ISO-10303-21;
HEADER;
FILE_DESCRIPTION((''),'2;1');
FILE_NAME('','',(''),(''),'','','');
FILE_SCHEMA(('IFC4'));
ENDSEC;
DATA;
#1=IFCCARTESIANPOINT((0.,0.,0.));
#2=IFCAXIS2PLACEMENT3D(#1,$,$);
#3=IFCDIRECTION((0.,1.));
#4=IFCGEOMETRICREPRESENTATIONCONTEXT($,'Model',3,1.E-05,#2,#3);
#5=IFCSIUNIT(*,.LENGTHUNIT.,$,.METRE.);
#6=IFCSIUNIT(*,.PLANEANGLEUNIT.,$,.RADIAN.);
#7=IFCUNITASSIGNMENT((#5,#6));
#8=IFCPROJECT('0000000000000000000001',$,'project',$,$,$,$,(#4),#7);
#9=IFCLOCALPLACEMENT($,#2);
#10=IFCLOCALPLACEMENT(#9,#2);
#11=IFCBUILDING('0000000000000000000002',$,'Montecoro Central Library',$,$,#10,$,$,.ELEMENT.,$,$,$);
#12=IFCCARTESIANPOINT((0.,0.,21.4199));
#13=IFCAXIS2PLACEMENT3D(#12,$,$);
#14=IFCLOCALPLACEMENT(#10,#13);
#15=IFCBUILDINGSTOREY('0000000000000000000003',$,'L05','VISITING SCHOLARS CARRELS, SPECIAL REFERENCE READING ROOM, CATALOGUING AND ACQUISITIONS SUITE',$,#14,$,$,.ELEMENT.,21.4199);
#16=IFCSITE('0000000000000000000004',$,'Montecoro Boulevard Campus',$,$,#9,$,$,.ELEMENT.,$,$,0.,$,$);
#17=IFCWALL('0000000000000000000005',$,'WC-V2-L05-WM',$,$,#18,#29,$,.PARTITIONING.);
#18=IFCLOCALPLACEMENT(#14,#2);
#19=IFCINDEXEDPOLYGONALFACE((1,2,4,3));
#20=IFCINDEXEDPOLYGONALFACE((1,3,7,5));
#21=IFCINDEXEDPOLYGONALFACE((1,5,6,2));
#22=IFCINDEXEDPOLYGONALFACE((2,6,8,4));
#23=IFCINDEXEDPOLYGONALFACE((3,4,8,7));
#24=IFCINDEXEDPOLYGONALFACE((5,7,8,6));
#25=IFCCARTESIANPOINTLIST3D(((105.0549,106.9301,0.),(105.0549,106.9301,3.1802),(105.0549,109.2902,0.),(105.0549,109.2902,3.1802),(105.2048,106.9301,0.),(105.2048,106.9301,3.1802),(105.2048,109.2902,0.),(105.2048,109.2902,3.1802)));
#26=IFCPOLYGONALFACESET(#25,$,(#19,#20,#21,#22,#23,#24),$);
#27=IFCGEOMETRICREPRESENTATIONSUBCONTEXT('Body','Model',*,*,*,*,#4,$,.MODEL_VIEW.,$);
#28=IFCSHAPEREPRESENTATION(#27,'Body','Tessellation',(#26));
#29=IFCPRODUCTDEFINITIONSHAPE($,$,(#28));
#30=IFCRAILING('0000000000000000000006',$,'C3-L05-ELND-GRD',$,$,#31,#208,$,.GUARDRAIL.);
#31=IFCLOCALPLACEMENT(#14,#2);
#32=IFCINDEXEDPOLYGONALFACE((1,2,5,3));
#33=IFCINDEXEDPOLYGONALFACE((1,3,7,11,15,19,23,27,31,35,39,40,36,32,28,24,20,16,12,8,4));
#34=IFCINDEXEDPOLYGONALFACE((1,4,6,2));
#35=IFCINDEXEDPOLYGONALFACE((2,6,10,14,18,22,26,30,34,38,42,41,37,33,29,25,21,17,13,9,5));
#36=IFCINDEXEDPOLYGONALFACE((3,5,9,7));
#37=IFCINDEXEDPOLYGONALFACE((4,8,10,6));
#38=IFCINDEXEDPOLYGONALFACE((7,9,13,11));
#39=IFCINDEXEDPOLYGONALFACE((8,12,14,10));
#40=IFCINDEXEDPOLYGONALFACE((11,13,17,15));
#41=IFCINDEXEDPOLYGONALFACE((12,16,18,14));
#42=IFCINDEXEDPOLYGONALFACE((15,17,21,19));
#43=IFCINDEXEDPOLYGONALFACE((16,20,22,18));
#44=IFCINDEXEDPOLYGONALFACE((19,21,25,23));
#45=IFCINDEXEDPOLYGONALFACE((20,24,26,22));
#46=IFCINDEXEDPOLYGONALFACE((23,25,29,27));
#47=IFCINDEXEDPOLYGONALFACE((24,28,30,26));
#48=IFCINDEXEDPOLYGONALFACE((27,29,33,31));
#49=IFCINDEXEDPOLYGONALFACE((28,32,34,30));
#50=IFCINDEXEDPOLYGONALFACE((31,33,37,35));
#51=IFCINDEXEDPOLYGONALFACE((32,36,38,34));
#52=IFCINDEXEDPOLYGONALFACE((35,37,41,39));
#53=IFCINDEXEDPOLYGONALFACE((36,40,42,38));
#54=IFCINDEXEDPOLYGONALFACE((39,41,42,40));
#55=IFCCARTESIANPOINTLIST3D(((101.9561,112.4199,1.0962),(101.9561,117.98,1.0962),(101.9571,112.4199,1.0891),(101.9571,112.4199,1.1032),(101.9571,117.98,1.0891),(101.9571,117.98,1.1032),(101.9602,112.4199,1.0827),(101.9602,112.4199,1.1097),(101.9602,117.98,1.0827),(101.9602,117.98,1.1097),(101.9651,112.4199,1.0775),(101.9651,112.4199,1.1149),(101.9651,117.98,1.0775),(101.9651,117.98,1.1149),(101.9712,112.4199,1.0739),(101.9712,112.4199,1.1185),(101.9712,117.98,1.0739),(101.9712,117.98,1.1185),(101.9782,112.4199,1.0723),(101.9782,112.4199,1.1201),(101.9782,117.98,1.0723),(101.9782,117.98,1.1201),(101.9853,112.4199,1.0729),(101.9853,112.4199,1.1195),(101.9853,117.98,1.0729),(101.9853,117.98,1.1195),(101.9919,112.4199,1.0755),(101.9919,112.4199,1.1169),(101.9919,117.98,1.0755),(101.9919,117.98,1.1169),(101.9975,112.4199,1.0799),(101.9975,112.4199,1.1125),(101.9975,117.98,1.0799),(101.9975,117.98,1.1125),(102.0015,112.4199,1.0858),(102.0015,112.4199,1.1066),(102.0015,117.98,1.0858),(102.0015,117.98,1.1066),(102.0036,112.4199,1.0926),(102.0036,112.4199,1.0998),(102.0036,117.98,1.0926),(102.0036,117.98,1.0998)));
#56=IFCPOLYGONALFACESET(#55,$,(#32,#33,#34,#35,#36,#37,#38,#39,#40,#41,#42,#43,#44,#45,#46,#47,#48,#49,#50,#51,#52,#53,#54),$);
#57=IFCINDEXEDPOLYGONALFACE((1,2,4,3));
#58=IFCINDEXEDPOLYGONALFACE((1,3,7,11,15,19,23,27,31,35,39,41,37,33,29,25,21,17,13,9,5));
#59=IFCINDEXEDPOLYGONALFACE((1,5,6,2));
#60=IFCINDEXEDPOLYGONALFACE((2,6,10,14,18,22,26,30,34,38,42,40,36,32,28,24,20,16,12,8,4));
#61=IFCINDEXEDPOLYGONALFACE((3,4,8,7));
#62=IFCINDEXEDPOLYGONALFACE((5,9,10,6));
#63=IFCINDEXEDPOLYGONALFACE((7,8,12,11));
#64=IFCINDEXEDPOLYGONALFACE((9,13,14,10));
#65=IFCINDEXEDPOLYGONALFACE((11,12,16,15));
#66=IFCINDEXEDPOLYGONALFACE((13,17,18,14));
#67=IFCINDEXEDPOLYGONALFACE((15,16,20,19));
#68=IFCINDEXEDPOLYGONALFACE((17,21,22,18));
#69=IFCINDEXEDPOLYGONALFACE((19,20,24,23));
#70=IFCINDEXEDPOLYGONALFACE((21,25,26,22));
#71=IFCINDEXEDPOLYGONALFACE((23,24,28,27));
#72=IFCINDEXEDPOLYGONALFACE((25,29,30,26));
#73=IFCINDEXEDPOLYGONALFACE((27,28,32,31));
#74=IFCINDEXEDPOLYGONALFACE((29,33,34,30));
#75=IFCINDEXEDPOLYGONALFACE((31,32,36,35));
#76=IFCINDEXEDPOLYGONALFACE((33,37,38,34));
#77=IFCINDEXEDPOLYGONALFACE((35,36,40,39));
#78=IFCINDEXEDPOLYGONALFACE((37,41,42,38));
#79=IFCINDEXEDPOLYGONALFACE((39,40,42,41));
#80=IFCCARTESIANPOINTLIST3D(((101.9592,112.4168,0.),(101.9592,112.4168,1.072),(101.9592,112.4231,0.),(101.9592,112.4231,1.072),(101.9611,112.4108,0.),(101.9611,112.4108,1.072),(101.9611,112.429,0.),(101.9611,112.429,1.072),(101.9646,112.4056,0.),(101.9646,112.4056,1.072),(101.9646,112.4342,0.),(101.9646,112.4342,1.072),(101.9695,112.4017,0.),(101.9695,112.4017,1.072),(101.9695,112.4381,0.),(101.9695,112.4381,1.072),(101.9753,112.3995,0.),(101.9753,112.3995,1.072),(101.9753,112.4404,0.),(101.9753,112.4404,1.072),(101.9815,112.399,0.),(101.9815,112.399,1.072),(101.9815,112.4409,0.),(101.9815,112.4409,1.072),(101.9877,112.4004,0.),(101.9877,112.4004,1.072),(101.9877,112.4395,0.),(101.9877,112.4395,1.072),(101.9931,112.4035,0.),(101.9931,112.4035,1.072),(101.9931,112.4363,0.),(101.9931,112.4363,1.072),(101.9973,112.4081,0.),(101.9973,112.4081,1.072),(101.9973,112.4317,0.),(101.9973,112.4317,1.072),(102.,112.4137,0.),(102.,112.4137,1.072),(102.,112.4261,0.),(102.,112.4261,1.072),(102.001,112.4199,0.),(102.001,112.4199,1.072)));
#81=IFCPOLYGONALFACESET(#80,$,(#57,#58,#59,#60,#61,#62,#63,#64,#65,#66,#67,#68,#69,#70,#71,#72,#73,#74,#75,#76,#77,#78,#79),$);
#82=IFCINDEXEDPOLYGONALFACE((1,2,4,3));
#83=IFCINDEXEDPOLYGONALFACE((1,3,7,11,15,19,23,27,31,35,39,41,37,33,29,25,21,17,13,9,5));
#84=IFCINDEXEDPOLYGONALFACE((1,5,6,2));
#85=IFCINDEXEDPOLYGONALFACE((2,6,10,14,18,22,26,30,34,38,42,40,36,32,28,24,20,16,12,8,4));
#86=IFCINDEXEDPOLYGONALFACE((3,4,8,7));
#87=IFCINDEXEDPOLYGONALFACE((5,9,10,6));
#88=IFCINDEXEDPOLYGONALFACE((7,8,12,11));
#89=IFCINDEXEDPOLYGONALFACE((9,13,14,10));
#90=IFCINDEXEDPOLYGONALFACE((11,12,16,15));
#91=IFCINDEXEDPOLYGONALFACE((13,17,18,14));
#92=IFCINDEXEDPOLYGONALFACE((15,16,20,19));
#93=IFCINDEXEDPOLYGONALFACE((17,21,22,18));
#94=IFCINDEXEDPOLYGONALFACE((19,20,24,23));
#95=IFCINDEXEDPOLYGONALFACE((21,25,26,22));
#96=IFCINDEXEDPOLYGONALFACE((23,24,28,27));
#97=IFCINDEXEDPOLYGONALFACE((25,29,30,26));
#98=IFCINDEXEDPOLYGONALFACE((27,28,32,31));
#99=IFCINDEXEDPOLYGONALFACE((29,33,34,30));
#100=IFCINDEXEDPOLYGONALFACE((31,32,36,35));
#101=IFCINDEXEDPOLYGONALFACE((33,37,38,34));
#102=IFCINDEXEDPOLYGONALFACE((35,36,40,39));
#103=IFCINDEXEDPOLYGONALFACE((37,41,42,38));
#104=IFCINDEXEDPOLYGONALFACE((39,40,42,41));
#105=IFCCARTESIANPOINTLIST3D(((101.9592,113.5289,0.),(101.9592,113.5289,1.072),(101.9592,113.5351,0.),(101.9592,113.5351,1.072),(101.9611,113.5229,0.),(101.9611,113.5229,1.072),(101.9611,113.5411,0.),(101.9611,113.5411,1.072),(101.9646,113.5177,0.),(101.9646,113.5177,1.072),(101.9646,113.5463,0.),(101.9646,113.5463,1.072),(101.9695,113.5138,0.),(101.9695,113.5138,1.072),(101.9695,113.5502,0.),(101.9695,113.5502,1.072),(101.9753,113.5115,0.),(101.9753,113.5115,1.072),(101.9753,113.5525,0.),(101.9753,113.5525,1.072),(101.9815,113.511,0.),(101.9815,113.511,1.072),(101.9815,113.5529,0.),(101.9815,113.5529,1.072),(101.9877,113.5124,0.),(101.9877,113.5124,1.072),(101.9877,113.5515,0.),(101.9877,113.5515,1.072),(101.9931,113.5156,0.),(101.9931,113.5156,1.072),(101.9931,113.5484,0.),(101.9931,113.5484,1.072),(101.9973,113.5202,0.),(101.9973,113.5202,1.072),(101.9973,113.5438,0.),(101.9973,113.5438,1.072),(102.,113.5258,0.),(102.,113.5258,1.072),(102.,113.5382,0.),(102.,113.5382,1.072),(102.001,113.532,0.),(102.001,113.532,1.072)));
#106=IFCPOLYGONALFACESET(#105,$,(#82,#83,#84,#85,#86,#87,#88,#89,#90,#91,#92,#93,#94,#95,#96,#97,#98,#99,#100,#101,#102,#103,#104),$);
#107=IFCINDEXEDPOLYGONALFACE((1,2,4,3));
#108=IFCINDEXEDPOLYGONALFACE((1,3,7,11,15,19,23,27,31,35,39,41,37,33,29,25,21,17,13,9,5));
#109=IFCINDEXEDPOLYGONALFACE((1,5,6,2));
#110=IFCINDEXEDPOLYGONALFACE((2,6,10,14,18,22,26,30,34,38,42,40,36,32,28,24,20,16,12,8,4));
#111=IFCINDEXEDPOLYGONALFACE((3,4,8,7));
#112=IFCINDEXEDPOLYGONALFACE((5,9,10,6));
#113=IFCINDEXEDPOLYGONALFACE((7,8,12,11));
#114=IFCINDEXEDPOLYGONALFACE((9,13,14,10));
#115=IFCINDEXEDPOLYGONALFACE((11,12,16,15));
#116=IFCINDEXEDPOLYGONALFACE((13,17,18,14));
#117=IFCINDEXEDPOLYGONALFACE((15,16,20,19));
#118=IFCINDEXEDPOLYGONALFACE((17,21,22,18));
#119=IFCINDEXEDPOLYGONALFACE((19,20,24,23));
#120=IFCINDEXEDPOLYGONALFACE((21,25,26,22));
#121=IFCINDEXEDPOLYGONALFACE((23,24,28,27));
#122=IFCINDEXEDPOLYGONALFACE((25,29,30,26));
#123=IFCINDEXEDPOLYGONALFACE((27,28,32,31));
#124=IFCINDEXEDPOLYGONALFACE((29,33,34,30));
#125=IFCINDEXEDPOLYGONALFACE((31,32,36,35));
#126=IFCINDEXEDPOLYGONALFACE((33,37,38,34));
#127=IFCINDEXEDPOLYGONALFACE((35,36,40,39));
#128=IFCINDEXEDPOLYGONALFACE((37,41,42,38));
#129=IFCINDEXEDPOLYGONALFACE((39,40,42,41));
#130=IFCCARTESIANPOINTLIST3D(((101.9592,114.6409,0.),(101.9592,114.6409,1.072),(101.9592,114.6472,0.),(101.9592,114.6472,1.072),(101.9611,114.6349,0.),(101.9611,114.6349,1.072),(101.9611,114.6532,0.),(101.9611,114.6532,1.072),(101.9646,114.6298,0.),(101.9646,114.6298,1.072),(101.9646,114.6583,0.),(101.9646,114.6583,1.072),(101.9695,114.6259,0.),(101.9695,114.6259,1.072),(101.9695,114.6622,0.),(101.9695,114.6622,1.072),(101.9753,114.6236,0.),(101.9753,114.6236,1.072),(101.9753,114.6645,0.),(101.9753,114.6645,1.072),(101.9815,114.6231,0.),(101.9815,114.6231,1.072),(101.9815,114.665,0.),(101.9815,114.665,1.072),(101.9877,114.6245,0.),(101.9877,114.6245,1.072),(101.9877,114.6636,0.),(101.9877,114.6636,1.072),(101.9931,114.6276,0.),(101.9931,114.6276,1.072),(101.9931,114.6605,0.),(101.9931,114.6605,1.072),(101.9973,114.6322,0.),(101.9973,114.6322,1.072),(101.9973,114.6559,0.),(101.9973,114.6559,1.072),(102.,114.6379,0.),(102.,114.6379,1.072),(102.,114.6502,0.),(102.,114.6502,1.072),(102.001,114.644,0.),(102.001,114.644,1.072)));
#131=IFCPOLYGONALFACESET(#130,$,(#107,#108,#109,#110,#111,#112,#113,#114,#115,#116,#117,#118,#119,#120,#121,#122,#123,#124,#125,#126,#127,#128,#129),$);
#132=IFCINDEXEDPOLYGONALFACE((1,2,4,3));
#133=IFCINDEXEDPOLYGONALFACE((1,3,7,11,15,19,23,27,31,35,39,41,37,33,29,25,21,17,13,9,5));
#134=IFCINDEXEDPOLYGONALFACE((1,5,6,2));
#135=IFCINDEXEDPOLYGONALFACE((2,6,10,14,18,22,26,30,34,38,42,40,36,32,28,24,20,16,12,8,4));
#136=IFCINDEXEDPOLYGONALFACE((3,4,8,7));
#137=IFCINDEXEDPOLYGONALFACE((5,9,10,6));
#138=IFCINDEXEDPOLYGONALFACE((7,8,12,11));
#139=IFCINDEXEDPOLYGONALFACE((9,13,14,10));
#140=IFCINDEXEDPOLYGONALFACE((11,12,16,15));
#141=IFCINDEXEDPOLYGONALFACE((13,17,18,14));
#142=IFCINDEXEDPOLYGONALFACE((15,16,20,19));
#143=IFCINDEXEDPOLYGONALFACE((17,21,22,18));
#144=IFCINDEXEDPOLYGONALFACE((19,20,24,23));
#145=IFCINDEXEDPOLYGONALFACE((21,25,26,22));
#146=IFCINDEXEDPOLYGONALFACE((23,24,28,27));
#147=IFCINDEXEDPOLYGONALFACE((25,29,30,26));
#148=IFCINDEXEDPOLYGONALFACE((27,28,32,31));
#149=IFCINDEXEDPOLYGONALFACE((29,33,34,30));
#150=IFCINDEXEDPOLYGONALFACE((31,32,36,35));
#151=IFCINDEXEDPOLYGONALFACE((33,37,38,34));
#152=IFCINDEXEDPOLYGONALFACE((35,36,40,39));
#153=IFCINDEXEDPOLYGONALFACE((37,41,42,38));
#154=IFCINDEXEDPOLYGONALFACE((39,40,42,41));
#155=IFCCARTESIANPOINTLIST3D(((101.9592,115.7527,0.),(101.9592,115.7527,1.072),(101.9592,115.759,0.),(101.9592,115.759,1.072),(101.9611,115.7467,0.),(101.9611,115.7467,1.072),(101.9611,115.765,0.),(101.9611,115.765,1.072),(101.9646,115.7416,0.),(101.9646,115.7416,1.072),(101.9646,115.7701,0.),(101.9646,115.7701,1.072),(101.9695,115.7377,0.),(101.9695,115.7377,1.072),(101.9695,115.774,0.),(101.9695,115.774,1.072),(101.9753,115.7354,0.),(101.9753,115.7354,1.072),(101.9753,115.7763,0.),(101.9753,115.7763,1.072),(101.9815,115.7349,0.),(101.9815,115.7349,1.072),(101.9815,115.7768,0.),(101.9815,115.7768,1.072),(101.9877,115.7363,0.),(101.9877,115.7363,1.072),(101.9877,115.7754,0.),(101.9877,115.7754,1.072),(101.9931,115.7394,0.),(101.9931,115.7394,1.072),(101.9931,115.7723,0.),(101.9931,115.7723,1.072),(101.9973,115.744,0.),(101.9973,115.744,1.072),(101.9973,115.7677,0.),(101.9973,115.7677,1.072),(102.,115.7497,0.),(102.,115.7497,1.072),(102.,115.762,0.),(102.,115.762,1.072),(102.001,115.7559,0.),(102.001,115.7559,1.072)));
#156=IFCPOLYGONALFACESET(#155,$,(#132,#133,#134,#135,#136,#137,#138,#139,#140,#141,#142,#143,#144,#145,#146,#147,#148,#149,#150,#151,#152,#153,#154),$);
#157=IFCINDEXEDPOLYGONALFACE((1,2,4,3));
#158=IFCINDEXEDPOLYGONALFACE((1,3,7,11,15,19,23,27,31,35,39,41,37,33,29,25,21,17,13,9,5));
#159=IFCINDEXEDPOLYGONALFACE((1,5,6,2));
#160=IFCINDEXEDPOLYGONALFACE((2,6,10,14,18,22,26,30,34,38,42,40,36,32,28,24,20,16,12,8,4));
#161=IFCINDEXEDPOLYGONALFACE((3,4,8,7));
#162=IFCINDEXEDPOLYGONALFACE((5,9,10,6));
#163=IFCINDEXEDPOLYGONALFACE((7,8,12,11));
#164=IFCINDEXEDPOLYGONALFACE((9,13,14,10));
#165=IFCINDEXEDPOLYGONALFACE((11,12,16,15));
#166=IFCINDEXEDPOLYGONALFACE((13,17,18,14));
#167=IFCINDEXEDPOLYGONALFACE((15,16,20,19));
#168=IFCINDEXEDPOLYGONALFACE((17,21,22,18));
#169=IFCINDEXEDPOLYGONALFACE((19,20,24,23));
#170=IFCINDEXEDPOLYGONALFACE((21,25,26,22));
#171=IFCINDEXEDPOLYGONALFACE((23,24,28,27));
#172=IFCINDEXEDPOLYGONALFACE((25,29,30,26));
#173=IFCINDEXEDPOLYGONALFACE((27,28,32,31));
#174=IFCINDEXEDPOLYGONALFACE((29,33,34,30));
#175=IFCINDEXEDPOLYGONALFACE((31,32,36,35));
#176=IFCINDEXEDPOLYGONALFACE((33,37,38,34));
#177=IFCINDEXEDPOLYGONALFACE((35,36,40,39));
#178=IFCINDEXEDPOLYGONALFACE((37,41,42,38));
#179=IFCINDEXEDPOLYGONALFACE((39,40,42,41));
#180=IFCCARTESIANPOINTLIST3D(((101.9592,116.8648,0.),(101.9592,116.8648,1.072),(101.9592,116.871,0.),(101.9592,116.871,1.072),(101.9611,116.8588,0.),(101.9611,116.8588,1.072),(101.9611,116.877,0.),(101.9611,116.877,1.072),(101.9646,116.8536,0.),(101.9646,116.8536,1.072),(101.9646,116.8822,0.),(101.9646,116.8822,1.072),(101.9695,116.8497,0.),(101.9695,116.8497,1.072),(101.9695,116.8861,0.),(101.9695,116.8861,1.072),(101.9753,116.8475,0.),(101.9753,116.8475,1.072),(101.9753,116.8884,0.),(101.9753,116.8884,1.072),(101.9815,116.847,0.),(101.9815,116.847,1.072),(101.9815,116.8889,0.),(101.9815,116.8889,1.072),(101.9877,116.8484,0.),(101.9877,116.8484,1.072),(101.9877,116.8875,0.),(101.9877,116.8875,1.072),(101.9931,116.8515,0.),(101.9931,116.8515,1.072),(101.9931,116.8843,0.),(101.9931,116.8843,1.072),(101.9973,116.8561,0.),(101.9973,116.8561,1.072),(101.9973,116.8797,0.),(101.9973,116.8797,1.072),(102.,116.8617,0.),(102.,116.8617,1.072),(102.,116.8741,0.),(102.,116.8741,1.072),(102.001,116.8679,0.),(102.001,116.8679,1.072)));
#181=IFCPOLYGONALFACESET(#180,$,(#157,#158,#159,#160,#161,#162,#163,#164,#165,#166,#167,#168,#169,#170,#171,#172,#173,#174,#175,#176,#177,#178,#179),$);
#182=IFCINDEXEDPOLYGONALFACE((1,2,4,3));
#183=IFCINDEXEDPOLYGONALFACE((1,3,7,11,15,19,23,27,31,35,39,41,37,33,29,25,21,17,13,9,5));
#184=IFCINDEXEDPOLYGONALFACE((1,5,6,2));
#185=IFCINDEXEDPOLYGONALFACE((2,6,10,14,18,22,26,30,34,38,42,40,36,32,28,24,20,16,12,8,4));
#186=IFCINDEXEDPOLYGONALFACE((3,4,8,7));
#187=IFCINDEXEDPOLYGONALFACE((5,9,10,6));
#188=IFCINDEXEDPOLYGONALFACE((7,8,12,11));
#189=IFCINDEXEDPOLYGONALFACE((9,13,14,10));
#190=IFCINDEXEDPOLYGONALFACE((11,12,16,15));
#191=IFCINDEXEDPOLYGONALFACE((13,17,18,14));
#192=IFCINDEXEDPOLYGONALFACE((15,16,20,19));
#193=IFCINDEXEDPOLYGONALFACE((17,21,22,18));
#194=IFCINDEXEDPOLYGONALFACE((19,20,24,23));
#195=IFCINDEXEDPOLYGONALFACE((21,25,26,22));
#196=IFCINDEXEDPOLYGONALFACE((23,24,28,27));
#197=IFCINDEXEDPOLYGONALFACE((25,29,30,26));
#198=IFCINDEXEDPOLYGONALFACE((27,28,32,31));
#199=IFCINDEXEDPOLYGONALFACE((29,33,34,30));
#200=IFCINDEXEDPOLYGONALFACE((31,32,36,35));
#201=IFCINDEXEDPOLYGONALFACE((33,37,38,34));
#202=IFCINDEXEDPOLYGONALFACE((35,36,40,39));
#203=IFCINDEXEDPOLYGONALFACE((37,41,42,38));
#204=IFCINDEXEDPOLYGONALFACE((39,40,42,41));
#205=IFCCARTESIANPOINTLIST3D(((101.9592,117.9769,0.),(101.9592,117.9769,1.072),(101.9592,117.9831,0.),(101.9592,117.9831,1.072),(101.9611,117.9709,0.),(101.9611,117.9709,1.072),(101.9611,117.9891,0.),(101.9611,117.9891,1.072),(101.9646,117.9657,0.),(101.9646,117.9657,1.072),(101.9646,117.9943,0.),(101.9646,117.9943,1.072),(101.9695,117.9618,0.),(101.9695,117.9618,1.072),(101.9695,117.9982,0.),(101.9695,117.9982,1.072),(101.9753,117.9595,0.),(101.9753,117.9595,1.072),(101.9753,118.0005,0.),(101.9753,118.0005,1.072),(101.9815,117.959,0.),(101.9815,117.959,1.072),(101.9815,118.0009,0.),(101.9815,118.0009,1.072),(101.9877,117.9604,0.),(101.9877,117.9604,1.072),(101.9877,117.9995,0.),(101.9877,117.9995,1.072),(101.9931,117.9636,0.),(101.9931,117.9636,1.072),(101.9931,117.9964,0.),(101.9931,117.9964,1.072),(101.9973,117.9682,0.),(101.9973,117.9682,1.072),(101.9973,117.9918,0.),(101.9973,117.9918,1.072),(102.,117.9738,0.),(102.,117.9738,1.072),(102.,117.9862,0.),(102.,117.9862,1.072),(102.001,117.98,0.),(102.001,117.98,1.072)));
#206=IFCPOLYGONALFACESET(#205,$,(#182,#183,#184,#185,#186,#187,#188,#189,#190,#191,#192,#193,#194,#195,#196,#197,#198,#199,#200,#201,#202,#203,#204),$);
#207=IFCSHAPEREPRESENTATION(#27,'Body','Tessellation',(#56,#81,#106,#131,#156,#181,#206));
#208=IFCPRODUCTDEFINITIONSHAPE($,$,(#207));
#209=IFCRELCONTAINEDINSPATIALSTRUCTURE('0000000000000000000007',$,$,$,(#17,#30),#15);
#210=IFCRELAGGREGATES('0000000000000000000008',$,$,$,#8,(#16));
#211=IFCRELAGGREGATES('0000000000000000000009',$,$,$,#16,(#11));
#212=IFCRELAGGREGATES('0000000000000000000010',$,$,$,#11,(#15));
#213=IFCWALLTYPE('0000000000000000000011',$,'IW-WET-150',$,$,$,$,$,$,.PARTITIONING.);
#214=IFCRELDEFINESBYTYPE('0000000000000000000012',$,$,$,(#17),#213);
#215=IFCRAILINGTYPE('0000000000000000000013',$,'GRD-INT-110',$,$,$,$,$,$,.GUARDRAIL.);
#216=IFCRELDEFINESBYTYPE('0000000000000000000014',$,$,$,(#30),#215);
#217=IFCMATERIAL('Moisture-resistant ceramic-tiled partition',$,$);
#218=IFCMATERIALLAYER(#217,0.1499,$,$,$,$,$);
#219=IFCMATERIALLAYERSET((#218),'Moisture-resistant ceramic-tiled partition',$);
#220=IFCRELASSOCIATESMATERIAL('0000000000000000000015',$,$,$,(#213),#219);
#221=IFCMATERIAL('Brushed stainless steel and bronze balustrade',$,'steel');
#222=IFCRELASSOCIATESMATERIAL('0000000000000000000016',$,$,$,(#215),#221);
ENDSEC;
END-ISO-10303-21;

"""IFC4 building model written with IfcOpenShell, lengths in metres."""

from ifc_helpers import new_model, si_unit, direction, frame, frame_2d, origin, origin_2d, place, context, subcontext, project, spatial, rectangle, circle, extrude, material, layer, layer_set, type_object, element, save


model = new_model("IFC4")

# Units and contexts
model_context = context("Model", 3, precision=1e-05, world=origin(), true_north=direction((0.0, 1.0)))
body_context = subcontext(model_context, "Body", "Model", "MODEL_VIEW")
ifc_project = project(units=[si_unit("LENGTHUNIT", "METRE"), si_unit("PLANEANGLEUNIT", "RADIAN")], contexts=[model_context])

# Site, building, storey
site_placement = place(None, origin())
site = spatial("IfcSite", under=ifc_project, at=site_placement, Name="Montecoro Boulevard Campus", CompositionType="ELEMENT", RefElevation=0.0)
building_placement = place(site_placement, origin())
building = spatial("IfcBuilding", under=site, at=building_placement, Name="Montecoro Central Library", CompositionType="ELEMENT")
storey_placement = place(building_placement, frame((0.0, 0.0, 21.4199)))
storey = spatial("IfcBuildingStorey", under=building, at=storey_placement, Name="L05", Description="VISITING SCHOLARS CARRELS, SPECIAL REFERENCE READING ROOM, CATALOGUING AND ACQUISITIONS SUITE", CompositionType="ELEMENT", Elevation=21.4199)

# Wall
ifc_material_1 = material(Name="Moisture-resistant ceramic-tiled partition")
ifc_layer_1 = layer(ifc_material_1, 0.1499)
ifc_layer_set_1 = layer_set([ifc_layer_1], Name="Moisture-resistant ceramic-tiled partition")
wall_type_1 = type_object("IfcWallType", Name="IW-WET-150", PredefinedType="PARTITIONING", material=ifc_layer_set_1)
for number, where, z_axis, x_axis, name in (
    (1, (105.1299, 106.9299, 0.0), (0.0, 0.0, 1.0), (0.0, 1.0, 0.0), "WC-V2-L05-WM"),
):
    element("IfcWall", number, at=place(storey_placement, frame(where, z_axis=z_axis, x_axis=x_axis)), inside=storey, type_object=wall_type_1, Name=name, PredefinedType="PARTITIONING", context=body_context, shape_type="SweptSolid", body=[
        extrude(rectangle(XDim=2.3601, YDim=0.1499, at=frame_2d((1.1802, 0.0))), origin(), (0.0, 0.0, 1.0), 3.1802),
    ])

# Railing
ifc_material_2 = material(Name="Brushed stainless steel and bronze balustrade", Category="steel")
railing_type = type_object("IfcRailingType", Name="GRD-INT-110", PredefinedType="GUARDRAIL", material=ifc_material_2)
railing_placement = place(storey_placement, frame((101.98, 112.4199, 0.0)))
element("IfcRailing", 2, at=railing_placement, inside=storey, type_object=railing_type, Name="C3-L05-ELND-GRD", PredefinedType="GUARDRAIL", context=body_context, shape_type="SweptSolid", body=[
    extrude(circle(Radius=0.0239, at=origin_2d()), frame((0.0, 0.0, 1.0962), z_axis=(0.0, 1.0, 0.0), x_axis=(-1.0, 0.0, 0.0)), (0.0, 0.0, 1.0), 5.5601),
    extrude(circle(Radius=0.021, at=origin_2d()), origin(), (0.0, 0.0, 1.0), 1.072),
    extrude(circle(Radius=0.021, at=origin_2d()), frame((0.0, 1.1121, 0.0)), (0.0, 0.0, 1.0), 1.072),
    extrude(circle(Radius=0.021, at=origin_2d()), frame((0.0, 2.2241, 0.0)), (0.0, 0.0, 1.0), 1.072),
    extrude(circle(Radius=0.021, at=origin_2d()), frame((0.0, 3.3359, 0.0)), (0.0, 0.0, 1.0), 1.072),
    extrude(circle(Radius=0.021, at=origin_2d()), frame((0.0, 4.448, 0.0)), (0.0, 0.0, 1.0), 1.072),
    extrude(circle(Radius=0.021, at=origin_2d()), frame((0.0, 5.5601, 0.0)), (0.0, 0.0, 1.0), 1.072),
])

save(model, "model.ifc")
